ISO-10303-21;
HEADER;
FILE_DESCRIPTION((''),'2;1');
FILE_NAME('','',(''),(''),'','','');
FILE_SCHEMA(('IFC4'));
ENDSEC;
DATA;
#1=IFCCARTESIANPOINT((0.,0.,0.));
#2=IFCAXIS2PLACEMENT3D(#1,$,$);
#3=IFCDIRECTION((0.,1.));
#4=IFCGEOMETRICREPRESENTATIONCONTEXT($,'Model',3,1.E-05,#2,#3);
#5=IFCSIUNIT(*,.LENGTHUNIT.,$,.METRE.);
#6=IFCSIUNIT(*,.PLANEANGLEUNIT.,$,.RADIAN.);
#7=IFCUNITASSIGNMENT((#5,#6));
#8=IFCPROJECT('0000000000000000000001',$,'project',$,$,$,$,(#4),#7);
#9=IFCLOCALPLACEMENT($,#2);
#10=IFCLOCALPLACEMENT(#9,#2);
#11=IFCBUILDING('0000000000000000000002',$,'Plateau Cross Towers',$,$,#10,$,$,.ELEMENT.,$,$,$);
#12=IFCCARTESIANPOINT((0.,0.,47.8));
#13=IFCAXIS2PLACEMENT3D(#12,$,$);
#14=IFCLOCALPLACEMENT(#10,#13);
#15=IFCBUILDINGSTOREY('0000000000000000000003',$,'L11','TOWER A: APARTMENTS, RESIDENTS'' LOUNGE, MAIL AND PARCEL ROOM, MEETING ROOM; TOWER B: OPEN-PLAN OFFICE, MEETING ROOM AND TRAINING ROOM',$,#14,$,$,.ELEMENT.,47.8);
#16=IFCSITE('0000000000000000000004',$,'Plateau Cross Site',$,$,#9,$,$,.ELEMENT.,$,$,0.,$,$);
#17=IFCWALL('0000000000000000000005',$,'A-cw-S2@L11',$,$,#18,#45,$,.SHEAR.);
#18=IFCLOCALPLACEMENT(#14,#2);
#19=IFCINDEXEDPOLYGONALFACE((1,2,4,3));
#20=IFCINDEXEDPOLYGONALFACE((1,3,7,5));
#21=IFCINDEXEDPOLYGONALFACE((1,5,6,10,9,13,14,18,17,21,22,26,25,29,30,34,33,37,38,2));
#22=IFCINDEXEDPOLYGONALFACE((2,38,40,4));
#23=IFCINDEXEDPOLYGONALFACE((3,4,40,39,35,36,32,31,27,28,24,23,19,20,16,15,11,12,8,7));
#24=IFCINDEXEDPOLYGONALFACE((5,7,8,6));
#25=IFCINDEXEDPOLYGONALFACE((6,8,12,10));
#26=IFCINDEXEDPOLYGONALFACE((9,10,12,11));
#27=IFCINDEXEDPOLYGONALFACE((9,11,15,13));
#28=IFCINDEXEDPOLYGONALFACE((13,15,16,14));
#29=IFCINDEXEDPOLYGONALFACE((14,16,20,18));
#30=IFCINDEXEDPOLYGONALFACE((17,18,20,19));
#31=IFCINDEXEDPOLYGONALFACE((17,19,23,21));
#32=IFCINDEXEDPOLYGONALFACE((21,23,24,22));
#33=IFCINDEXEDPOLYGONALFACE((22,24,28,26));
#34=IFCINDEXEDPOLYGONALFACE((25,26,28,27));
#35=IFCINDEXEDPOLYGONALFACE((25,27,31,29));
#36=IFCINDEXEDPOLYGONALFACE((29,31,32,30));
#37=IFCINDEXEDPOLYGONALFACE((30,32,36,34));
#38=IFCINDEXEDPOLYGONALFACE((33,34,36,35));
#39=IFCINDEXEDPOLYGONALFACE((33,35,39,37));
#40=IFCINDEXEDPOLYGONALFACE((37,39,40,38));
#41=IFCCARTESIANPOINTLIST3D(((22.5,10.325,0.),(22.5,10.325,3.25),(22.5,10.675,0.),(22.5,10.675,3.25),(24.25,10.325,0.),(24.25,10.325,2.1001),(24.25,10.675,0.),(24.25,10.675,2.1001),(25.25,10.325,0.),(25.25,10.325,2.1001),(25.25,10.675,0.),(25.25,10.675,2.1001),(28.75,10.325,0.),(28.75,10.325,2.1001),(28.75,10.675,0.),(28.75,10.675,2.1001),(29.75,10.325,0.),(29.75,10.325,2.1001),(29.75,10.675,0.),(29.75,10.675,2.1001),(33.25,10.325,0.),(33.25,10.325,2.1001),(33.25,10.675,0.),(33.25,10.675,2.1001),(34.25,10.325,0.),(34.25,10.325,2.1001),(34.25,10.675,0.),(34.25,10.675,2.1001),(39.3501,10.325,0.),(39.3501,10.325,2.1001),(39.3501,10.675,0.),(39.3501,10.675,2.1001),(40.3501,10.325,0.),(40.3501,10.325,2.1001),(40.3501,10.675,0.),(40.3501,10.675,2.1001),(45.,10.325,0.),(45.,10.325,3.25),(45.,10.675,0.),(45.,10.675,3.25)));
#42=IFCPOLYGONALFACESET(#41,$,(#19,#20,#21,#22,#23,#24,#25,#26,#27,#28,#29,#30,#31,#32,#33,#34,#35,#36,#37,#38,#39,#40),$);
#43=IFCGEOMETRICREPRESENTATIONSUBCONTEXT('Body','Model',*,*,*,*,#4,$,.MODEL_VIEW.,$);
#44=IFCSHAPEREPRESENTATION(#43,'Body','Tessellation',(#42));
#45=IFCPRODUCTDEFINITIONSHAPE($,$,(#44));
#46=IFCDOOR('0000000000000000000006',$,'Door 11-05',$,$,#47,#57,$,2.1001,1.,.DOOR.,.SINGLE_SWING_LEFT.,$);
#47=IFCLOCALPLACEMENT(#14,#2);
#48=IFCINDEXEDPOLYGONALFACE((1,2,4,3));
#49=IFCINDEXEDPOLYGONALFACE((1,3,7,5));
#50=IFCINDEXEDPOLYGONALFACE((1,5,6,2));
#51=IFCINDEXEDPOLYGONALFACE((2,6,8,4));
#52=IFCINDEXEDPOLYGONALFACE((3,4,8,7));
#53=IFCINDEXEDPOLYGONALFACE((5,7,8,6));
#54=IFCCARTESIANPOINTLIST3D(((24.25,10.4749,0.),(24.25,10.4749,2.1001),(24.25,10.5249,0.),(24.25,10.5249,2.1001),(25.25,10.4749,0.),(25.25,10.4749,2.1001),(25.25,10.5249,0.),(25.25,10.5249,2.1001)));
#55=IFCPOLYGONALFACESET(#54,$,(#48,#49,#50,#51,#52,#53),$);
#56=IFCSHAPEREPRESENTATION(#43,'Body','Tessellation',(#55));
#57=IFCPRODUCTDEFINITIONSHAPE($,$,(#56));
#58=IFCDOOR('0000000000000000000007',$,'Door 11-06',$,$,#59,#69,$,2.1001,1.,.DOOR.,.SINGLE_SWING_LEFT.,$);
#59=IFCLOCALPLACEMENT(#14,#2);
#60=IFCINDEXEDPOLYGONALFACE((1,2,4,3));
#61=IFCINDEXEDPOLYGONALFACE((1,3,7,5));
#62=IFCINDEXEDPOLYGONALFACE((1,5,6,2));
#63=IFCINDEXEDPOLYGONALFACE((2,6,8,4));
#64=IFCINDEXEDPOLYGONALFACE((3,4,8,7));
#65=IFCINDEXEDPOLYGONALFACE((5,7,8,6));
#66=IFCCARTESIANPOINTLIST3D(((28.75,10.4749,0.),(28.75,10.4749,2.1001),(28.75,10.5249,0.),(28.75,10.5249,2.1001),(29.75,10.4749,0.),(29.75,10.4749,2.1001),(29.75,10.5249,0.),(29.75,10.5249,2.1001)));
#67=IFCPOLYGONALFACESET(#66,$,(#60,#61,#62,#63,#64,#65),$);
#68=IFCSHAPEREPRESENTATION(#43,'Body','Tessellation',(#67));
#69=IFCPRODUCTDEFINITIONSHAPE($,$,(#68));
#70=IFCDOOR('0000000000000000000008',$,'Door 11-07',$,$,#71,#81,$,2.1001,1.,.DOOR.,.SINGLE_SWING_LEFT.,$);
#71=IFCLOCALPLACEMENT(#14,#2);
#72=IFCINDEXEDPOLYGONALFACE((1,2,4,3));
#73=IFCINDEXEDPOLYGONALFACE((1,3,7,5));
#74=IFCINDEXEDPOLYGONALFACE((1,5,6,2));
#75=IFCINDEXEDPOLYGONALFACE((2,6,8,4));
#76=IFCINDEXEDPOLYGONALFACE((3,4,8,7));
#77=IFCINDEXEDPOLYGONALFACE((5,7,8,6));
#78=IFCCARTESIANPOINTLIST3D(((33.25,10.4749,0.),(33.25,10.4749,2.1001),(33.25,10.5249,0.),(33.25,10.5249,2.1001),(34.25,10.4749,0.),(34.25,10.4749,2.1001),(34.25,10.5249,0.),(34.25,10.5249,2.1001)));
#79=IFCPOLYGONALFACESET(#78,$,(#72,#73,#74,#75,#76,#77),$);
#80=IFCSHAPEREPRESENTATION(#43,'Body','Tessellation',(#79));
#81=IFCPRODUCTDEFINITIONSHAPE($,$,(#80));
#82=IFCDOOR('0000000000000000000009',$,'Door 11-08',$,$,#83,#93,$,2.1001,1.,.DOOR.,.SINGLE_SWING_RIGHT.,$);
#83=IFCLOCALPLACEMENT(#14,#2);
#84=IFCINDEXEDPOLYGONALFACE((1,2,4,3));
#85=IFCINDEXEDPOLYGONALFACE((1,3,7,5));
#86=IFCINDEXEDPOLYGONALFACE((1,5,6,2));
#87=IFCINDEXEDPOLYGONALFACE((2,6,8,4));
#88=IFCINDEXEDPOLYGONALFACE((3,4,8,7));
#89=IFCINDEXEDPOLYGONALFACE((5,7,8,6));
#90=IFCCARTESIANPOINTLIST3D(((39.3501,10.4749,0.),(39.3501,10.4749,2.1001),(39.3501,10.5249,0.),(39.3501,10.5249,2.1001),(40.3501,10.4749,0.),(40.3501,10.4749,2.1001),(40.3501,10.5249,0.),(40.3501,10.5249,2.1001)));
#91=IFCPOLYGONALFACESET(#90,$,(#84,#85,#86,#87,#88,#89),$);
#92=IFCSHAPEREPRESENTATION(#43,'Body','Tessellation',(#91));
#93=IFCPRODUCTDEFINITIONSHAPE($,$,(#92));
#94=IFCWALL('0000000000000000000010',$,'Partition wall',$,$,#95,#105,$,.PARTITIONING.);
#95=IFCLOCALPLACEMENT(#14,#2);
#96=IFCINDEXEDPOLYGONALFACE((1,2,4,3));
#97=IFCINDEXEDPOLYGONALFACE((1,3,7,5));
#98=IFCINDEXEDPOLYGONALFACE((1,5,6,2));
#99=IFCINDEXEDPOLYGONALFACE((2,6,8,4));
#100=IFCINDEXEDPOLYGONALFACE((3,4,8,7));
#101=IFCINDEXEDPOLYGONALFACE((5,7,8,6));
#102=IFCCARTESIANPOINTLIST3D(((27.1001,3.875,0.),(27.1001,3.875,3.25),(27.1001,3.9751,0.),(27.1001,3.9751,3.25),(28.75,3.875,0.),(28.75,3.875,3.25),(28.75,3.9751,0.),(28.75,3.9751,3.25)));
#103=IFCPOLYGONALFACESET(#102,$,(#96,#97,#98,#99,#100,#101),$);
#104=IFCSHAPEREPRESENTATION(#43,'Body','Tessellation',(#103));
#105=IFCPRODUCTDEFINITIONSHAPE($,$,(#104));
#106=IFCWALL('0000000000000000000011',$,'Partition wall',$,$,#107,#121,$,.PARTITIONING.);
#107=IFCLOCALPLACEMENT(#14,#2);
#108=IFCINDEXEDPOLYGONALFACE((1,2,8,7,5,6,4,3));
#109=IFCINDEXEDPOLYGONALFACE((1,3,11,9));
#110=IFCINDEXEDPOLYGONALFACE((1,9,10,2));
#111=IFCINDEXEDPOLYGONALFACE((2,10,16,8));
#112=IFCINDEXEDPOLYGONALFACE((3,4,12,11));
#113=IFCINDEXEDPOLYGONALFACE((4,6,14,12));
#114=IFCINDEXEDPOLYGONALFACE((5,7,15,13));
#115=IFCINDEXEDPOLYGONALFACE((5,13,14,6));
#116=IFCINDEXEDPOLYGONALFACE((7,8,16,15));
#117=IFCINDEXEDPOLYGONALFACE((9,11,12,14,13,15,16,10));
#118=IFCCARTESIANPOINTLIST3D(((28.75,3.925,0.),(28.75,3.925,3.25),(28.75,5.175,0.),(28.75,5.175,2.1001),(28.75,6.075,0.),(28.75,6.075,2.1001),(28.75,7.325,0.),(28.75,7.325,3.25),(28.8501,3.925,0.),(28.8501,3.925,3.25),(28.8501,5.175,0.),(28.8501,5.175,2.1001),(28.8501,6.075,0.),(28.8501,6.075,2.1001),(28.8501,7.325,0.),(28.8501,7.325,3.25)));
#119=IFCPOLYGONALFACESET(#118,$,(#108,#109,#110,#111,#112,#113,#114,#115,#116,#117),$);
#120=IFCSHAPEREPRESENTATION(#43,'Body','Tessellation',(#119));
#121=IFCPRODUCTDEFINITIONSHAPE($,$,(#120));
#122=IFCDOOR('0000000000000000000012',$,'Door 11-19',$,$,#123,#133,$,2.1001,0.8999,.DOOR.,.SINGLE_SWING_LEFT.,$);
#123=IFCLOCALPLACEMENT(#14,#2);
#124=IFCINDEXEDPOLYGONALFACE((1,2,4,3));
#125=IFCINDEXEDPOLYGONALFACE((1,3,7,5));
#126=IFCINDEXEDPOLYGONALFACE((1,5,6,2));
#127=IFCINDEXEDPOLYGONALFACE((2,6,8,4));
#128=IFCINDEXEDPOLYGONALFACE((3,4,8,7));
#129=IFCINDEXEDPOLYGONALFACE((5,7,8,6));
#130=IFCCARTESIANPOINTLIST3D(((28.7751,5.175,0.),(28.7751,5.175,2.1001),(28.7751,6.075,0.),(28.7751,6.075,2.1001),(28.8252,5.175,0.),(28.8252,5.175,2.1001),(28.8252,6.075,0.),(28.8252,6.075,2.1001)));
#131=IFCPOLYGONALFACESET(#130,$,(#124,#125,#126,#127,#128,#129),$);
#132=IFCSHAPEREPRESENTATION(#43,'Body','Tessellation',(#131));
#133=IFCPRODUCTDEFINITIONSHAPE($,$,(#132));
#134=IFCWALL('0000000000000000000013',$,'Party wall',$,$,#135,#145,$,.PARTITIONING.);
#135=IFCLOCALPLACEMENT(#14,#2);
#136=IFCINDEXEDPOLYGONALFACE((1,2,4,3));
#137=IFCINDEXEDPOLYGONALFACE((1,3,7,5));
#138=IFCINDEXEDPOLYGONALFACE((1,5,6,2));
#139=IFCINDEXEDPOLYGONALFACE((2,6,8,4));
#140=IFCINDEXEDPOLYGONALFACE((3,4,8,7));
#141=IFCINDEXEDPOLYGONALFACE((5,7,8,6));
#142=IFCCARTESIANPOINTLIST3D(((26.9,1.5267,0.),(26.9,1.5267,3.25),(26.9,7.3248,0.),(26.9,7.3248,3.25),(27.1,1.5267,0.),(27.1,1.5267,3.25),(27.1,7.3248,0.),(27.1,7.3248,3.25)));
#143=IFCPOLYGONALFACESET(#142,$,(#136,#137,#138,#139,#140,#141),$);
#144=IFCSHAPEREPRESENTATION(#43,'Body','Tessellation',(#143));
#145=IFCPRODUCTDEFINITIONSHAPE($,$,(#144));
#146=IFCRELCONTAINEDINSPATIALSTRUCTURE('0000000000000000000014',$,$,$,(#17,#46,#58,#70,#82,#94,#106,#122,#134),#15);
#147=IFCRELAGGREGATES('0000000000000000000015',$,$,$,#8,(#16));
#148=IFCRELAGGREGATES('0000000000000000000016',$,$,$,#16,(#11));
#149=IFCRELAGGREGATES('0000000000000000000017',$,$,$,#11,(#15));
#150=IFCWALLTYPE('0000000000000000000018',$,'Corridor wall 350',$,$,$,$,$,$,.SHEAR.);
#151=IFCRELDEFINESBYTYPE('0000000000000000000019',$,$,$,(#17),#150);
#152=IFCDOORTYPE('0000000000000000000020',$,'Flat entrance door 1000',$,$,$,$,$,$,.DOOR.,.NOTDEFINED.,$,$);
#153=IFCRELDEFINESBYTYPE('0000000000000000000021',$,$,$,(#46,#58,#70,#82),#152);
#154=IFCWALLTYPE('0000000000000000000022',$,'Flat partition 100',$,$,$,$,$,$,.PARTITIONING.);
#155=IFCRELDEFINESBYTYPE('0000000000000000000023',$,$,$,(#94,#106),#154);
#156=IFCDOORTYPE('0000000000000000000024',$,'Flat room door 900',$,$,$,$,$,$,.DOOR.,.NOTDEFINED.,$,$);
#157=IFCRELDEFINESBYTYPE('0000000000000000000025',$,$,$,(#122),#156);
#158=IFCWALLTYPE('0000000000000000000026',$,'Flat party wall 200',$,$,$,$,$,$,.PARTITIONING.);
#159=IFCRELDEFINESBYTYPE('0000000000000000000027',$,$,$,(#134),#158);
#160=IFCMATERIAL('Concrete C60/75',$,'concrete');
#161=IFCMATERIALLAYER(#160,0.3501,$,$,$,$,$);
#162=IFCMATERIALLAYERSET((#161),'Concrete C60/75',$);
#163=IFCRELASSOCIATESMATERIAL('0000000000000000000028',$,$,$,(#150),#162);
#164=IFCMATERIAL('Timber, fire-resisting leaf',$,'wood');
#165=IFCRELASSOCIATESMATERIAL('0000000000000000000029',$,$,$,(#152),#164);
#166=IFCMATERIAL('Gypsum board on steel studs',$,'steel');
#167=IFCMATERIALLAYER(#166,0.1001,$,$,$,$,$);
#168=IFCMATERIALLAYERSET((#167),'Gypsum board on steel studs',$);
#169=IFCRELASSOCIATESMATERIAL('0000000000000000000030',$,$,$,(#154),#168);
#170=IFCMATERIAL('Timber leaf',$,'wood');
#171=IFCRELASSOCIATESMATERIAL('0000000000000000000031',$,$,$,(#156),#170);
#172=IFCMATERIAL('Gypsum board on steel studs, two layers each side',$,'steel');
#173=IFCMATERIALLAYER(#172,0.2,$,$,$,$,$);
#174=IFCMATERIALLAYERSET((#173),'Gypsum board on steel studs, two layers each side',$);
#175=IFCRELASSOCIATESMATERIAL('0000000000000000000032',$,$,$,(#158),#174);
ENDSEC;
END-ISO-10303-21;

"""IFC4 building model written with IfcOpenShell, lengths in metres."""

from ifc_helpers import new_model, si_unit, direction, frame, frame_2d, origin, place, context, subcontext, project, spatial, rectangle, extrude, material, layer, layer_set, type_object, element, fill, save


model = new_model("IFC4")

# Units and contexts
model_context = context("Model", 3, precision=1e-05, world=origin(), true_north=direction((0.0, 1.0)))
body_context = subcontext(model_context, "Body", "Model", "MODEL_VIEW")
ifc_project = project(units=[si_unit("LENGTHUNIT", "METRE"), si_unit("PLANEANGLEUNIT", "RADIAN")], contexts=[model_context])

# Site, building, storey
site_placement = place(None, origin())
site = spatial("IfcSite", under=ifc_project, at=site_placement, Name="Plateau Cross Site", CompositionType="ELEMENT", RefElevation=0.0)
building_placement = place(site_placement, origin())
building = spatial("IfcBuilding", under=site, at=building_placement, Name="Plateau Cross Towers", CompositionType="ELEMENT")
storey_placement = place(building_placement, frame((0.0, 0.0, 47.8)))
storey = spatial("IfcBuildingStorey", under=building, at=storey_placement, Name="L11", Description="TOWER A: APARTMENTS, RESIDENTS' LOUNGE, MAIL AND PARCEL ROOM, MEETING ROOM; TOWER B: OPEN-PLAN OFFICE, MEETING ROOM AND TRAINING ROOM", CompositionType="ELEMENT", Elevation=47.8)

# Shared definitions
ifc_material_1 = material(Name="Concrete C60/75", Category="concrete")

# Wall, openings, doors
ifc_layer_1 = layer(ifc_material_1, 0.3501)
ifc_layer_set_1 = layer_set([ifc_layer_1], Name="Concrete C60/75")
wall_type_1 = type_object("IfcWallType", Name="Corridor wall 350", PredefinedType="SHEAR", material=ifc_layer_set_1)
ifc_material_2 = material(Name="Timber, fire-resisting leaf", Category="wood")
door_type_1 = type_object("IfcDoorType", Name="Flat entrance door 1000", OperationType="NOTDEFINED", PredefinedType="DOOR", material=ifc_material_2)
wall_1_placement = place(storey_placement, frame((22.5, 10.5, 0.0), z_axis=(0.0, 0.0, 1.0), x_axis=(1.0, 0.0, 0.0)))
wall_1 = element("IfcWall", 1, at=wall_1_placement, inside=storey, type_object=wall_type_1, Name="A-cw-S2@L11", PredefinedType="SHEAR", context=body_context, shape_type="SweptSolid", body=[
    extrude(rectangle(XDim=22.5, YDim=0.3501, at=frame_2d((11.25, 0.0))), origin(), (0.0, 0.0, 1.0), 3.25),
])
opening_1_placement = place(wall_1_placement, frame((1.75, 0.0, 0.0)))
opening_1 = element("IfcOpeningElement", 2, at=opening_1_placement, cuts=wall_1, PredefinedType="OPENING", context=body_context, shape_type="SweptSolid", body=[
    extrude(rectangle(XDim=1.0, YDim=2.1001, at=frame_2d((0.5, 1.05))), frame((0.0, 0.1851, 0.0), z_axis=(0.0, -1.0, 0.0), x_axis=(1.0, 0.0, 0.0)), (0.0, 0.0, 1.0), 0.3701),
])
opening_2_placement = place(wall_1_placement, frame((6.25, 0.0, 0.0)))
opening_2 = element("IfcOpeningElement", 3, at=opening_2_placement, cuts=wall_1, PredefinedType="OPENING", context=body_context, shape_type="SweptSolid", body=[
    extrude(rectangle(XDim=1.0, YDim=2.1001, at=frame_2d((0.5, 1.05))), frame((0.0, 0.1851, 0.0), z_axis=(0.0, -1.0, 0.0), x_axis=(1.0, 0.0, 0.0)), (0.0, 0.0, 1.0), 0.3701),
])
opening_3_placement = place(wall_1_placement, frame((10.75, 0.0, 0.0)))
opening_3 = element("IfcOpeningElement", 4, at=opening_3_placement, cuts=wall_1, PredefinedType="OPENING", context=body_context, shape_type="SweptSolid", body=[
    extrude(rectangle(XDim=1.0, YDim=2.1001, at=frame_2d((0.5, 1.05))), frame((0.0, 0.1851, 0.0), z_axis=(0.0, -1.0, 0.0), x_axis=(1.0, 0.0, 0.0)), (0.0, 0.0, 1.0), 0.3701),
])
opening_4_placement = place(wall_1_placement, frame((16.8501, 0.0, 0.0)))
opening_4 = element("IfcOpeningElement", 5, at=opening_4_placement, cuts=wall_1, PredefinedType="OPENING", context=body_context, shape_type="SweptSolid", body=[
    extrude(rectangle(XDim=1.0, YDim=2.1001, at=frame_2d((0.5, 1.05))), frame((0.0, 0.1851, 0.0), z_axis=(0.0, -1.0, 0.0), x_axis=(1.0, 0.0, 0.0)), (0.0, 0.0, 1.0), 0.3701),
])
door_1_placement = place(opening_1_placement, origin())
door_1 = element("IfcDoor", 6, at=door_1_placement, inside=storey, type_object=door_type_1, Name="Door 11-05", OperationType="SINGLE_SWING_LEFT", OverallHeight=2.1001, OverallWidth=1.0, PredefinedType="DOOR", context=body_context, shape_type="SweptSolid", body=[
    extrude(rectangle(XDim=1.0, YDim=2.1001, at=frame_2d((0.5, 1.05))), frame((0.0, 0.0249, 0.0), z_axis=(0.0, -1.0, 0.0), x_axis=(1.0, 0.0, 0.0)), (0.0, 0.0, 1.0), 0.05),
])
fill(opening_1, door_1)
door_2_placement = place(opening_2_placement, origin())
door_2 = element("IfcDoor", 7, at=door_2_placement, inside=storey, type_object=door_type_1, Name="Door 11-06", OperationType="SINGLE_SWING_LEFT", OverallHeight=2.1001, OverallWidth=1.0, PredefinedType="DOOR", context=body_context, shape_type="SweptSolid", body=[
    extrude(rectangle(XDim=1.0, YDim=2.1001, at=frame_2d((0.5, 1.05))), frame((0.0, 0.0249, 0.0), z_axis=(0.0, -1.0, 0.0), x_axis=(1.0, 0.0, 0.0)), (0.0, 0.0, 1.0), 0.05),
])
fill(opening_2, door_2)
door_3_placement = place(opening_3_placement, origin())
door_3 = element("IfcDoor", 8, at=door_3_placement, inside=storey, type_object=door_type_1, Name="Door 11-07", OperationType="SINGLE_SWING_LEFT", OverallHeight=2.1001, OverallWidth=1.0, PredefinedType="DOOR", context=body_context, shape_type="SweptSolid", body=[
    extrude(rectangle(XDim=1.0, YDim=2.1001, at=frame_2d((0.5, 1.05))), frame((0.0, 0.0249, 0.0), z_axis=(0.0, -1.0, 0.0), x_axis=(1.0, 0.0, 0.0)), (0.0, 0.0, 1.0), 0.05),
])
fill(opening_3, door_3)
door_4_placement = place(opening_4_placement, origin())
door_4 = element("IfcDoor", 9, at=door_4_placement, inside=storey, type_object=door_type_1, Name="Door 11-08", OperationType="SINGLE_SWING_RIGHT", OverallHeight=2.1001, OverallWidth=1.0, PredefinedType="DOOR", context=body_context, shape_type="SweptSolid", body=[
    extrude(rectangle(XDim=1.0, YDim=2.1001, at=frame_2d((0.5, 1.05))), frame((0.0, 0.0249, 0.0), z_axis=(0.0, -1.0, 0.0), x_axis=(1.0, 0.0, 0.0)), (0.0, 0.0, 1.0), 0.05),
])
fill(opening_4, door_4)

# Wall
ifc_material_3 = material(Name="Gypsum board on steel studs", Category="steel")
ifc_layer_2 = layer(ifc_material_3, 0.1001)
ifc_layer_set_2 = layer_set([ifc_layer_2], Name="Gypsum board on steel studs")
wall_type_2 = type_object("IfcWallType", Name="Flat partition 100", PredefinedType="PARTITIONING", material=ifc_layer_set_2)
wall_2_placement = place(storey_placement, frame((27.1001, 3.925, 0.0), z_axis=(0.0, 0.0, 1.0), x_axis=(1.0, 0.0, 0.0)))
element("IfcWall", 10, at=wall_2_placement, inside=storey, type_object=wall_type_2, Name="Partition wall", PredefinedType="PARTITIONING", context=body_context, shape_type="SweptSolid", body=[
    extrude(rectangle(XDim=1.6499, YDim=0.1001, at=frame_2d((0.825, 0.0))), origin(), (0.0, 0.0, 1.0), 3.25),
])

# Wall, opening, door
wall_3_placement = place(storey_placement, frame((28.8, 3.925, 0.0), z_axis=(0.0, 0.0, 1.0), x_axis=(0.0, 1.0, 0.0)))
wall_3 = element("IfcWall", 11, at=wall_3_placement, inside=storey, type_object=wall_type_2, Name="Partition wall", PredefinedType="PARTITIONING", context=body_context, shape_type="SweptSolid", body=[
    extrude(rectangle(XDim=3.3999, YDim=0.1001, at=frame_2d((1.7, 0.0))), origin(), (0.0, 0.0, 1.0), 3.25),
])
opening_5_placement = place(wall_3_placement, frame((1.25, 0.0, 0.0)))
opening_5 = element("IfcOpeningElement", 12, at=opening_5_placement, cuts=wall_3, PredefinedType="OPENING", context=body_context, shape_type="SweptSolid", body=[
    extrude(rectangle(XDim=0.8999, YDim=2.1001, at=frame_2d((0.45, 1.05))), frame((0.0, 0.0601, 0.0), z_axis=(0.0, -1.0, 0.0), x_axis=(1.0, 0.0, 0.0)), (0.0, 0.0, 1.0), 0.1201),
])
ifc_material_4 = material(Name="Timber leaf", Category="wood")
door_type_2 = type_object("IfcDoorType", Name="Flat room door 900", OperationType="NOTDEFINED", PredefinedType="DOOR", material=ifc_material_4)
door_5_placement = place(opening_5_placement, origin())
door_5 = element("IfcDoor", 13, at=door_5_placement, inside=storey, type_object=door_type_2, Name="Door 11-19", OperationType="SINGLE_SWING_LEFT", OverallHeight=2.1001, OverallWidth=0.8999, PredefinedType="DOOR", context=body_context, shape_type="SweptSolid", body=[
    extrude(rectangle(XDim=0.8999, YDim=2.1001, at=frame_2d((0.45, 1.05))), frame((0.0, 0.0249, 0.0), z_axis=(0.0, -1.0, 0.0), x_axis=(1.0, 0.0, 0.0)), (0.0, 0.0, 1.0), 0.05),
])
fill(opening_5, door_5)

# Wall
ifc_material_5 = material(Name="Gypsum board on steel studs, two layers each side", Category="steel")
ifc_layer_3 = layer(ifc_material_5, 0.2)
ifc_layer_set_3 = layer_set([ifc_layer_3], Name="Gypsum board on steel studs, two layers each side")
wall_type_3 = type_object("IfcWallType", Name="Flat party wall 200", PredefinedType="PARTITIONING", material=ifc_layer_set_3)
wall_4_placement = place(storey_placement, frame((27.0, 1.5269, 0.0), z_axis=(0.0, 0.0, 1.0), x_axis=(0.0, 1.0, 0.0)))
element("IfcWall", 14, at=wall_4_placement, inside=storey, type_object=wall_type_3, Name="Party wall", PredefinedType="PARTITIONING", context=body_context, shape_type="SweptSolid", body=[
    extrude(rectangle(XDim=5.7981, YDim=0.2, at=frame_2d((2.8989, 0.0))), origin(), (0.0, 0.0, 1.0), 3.25),
])

save(model, "model.ifc")
